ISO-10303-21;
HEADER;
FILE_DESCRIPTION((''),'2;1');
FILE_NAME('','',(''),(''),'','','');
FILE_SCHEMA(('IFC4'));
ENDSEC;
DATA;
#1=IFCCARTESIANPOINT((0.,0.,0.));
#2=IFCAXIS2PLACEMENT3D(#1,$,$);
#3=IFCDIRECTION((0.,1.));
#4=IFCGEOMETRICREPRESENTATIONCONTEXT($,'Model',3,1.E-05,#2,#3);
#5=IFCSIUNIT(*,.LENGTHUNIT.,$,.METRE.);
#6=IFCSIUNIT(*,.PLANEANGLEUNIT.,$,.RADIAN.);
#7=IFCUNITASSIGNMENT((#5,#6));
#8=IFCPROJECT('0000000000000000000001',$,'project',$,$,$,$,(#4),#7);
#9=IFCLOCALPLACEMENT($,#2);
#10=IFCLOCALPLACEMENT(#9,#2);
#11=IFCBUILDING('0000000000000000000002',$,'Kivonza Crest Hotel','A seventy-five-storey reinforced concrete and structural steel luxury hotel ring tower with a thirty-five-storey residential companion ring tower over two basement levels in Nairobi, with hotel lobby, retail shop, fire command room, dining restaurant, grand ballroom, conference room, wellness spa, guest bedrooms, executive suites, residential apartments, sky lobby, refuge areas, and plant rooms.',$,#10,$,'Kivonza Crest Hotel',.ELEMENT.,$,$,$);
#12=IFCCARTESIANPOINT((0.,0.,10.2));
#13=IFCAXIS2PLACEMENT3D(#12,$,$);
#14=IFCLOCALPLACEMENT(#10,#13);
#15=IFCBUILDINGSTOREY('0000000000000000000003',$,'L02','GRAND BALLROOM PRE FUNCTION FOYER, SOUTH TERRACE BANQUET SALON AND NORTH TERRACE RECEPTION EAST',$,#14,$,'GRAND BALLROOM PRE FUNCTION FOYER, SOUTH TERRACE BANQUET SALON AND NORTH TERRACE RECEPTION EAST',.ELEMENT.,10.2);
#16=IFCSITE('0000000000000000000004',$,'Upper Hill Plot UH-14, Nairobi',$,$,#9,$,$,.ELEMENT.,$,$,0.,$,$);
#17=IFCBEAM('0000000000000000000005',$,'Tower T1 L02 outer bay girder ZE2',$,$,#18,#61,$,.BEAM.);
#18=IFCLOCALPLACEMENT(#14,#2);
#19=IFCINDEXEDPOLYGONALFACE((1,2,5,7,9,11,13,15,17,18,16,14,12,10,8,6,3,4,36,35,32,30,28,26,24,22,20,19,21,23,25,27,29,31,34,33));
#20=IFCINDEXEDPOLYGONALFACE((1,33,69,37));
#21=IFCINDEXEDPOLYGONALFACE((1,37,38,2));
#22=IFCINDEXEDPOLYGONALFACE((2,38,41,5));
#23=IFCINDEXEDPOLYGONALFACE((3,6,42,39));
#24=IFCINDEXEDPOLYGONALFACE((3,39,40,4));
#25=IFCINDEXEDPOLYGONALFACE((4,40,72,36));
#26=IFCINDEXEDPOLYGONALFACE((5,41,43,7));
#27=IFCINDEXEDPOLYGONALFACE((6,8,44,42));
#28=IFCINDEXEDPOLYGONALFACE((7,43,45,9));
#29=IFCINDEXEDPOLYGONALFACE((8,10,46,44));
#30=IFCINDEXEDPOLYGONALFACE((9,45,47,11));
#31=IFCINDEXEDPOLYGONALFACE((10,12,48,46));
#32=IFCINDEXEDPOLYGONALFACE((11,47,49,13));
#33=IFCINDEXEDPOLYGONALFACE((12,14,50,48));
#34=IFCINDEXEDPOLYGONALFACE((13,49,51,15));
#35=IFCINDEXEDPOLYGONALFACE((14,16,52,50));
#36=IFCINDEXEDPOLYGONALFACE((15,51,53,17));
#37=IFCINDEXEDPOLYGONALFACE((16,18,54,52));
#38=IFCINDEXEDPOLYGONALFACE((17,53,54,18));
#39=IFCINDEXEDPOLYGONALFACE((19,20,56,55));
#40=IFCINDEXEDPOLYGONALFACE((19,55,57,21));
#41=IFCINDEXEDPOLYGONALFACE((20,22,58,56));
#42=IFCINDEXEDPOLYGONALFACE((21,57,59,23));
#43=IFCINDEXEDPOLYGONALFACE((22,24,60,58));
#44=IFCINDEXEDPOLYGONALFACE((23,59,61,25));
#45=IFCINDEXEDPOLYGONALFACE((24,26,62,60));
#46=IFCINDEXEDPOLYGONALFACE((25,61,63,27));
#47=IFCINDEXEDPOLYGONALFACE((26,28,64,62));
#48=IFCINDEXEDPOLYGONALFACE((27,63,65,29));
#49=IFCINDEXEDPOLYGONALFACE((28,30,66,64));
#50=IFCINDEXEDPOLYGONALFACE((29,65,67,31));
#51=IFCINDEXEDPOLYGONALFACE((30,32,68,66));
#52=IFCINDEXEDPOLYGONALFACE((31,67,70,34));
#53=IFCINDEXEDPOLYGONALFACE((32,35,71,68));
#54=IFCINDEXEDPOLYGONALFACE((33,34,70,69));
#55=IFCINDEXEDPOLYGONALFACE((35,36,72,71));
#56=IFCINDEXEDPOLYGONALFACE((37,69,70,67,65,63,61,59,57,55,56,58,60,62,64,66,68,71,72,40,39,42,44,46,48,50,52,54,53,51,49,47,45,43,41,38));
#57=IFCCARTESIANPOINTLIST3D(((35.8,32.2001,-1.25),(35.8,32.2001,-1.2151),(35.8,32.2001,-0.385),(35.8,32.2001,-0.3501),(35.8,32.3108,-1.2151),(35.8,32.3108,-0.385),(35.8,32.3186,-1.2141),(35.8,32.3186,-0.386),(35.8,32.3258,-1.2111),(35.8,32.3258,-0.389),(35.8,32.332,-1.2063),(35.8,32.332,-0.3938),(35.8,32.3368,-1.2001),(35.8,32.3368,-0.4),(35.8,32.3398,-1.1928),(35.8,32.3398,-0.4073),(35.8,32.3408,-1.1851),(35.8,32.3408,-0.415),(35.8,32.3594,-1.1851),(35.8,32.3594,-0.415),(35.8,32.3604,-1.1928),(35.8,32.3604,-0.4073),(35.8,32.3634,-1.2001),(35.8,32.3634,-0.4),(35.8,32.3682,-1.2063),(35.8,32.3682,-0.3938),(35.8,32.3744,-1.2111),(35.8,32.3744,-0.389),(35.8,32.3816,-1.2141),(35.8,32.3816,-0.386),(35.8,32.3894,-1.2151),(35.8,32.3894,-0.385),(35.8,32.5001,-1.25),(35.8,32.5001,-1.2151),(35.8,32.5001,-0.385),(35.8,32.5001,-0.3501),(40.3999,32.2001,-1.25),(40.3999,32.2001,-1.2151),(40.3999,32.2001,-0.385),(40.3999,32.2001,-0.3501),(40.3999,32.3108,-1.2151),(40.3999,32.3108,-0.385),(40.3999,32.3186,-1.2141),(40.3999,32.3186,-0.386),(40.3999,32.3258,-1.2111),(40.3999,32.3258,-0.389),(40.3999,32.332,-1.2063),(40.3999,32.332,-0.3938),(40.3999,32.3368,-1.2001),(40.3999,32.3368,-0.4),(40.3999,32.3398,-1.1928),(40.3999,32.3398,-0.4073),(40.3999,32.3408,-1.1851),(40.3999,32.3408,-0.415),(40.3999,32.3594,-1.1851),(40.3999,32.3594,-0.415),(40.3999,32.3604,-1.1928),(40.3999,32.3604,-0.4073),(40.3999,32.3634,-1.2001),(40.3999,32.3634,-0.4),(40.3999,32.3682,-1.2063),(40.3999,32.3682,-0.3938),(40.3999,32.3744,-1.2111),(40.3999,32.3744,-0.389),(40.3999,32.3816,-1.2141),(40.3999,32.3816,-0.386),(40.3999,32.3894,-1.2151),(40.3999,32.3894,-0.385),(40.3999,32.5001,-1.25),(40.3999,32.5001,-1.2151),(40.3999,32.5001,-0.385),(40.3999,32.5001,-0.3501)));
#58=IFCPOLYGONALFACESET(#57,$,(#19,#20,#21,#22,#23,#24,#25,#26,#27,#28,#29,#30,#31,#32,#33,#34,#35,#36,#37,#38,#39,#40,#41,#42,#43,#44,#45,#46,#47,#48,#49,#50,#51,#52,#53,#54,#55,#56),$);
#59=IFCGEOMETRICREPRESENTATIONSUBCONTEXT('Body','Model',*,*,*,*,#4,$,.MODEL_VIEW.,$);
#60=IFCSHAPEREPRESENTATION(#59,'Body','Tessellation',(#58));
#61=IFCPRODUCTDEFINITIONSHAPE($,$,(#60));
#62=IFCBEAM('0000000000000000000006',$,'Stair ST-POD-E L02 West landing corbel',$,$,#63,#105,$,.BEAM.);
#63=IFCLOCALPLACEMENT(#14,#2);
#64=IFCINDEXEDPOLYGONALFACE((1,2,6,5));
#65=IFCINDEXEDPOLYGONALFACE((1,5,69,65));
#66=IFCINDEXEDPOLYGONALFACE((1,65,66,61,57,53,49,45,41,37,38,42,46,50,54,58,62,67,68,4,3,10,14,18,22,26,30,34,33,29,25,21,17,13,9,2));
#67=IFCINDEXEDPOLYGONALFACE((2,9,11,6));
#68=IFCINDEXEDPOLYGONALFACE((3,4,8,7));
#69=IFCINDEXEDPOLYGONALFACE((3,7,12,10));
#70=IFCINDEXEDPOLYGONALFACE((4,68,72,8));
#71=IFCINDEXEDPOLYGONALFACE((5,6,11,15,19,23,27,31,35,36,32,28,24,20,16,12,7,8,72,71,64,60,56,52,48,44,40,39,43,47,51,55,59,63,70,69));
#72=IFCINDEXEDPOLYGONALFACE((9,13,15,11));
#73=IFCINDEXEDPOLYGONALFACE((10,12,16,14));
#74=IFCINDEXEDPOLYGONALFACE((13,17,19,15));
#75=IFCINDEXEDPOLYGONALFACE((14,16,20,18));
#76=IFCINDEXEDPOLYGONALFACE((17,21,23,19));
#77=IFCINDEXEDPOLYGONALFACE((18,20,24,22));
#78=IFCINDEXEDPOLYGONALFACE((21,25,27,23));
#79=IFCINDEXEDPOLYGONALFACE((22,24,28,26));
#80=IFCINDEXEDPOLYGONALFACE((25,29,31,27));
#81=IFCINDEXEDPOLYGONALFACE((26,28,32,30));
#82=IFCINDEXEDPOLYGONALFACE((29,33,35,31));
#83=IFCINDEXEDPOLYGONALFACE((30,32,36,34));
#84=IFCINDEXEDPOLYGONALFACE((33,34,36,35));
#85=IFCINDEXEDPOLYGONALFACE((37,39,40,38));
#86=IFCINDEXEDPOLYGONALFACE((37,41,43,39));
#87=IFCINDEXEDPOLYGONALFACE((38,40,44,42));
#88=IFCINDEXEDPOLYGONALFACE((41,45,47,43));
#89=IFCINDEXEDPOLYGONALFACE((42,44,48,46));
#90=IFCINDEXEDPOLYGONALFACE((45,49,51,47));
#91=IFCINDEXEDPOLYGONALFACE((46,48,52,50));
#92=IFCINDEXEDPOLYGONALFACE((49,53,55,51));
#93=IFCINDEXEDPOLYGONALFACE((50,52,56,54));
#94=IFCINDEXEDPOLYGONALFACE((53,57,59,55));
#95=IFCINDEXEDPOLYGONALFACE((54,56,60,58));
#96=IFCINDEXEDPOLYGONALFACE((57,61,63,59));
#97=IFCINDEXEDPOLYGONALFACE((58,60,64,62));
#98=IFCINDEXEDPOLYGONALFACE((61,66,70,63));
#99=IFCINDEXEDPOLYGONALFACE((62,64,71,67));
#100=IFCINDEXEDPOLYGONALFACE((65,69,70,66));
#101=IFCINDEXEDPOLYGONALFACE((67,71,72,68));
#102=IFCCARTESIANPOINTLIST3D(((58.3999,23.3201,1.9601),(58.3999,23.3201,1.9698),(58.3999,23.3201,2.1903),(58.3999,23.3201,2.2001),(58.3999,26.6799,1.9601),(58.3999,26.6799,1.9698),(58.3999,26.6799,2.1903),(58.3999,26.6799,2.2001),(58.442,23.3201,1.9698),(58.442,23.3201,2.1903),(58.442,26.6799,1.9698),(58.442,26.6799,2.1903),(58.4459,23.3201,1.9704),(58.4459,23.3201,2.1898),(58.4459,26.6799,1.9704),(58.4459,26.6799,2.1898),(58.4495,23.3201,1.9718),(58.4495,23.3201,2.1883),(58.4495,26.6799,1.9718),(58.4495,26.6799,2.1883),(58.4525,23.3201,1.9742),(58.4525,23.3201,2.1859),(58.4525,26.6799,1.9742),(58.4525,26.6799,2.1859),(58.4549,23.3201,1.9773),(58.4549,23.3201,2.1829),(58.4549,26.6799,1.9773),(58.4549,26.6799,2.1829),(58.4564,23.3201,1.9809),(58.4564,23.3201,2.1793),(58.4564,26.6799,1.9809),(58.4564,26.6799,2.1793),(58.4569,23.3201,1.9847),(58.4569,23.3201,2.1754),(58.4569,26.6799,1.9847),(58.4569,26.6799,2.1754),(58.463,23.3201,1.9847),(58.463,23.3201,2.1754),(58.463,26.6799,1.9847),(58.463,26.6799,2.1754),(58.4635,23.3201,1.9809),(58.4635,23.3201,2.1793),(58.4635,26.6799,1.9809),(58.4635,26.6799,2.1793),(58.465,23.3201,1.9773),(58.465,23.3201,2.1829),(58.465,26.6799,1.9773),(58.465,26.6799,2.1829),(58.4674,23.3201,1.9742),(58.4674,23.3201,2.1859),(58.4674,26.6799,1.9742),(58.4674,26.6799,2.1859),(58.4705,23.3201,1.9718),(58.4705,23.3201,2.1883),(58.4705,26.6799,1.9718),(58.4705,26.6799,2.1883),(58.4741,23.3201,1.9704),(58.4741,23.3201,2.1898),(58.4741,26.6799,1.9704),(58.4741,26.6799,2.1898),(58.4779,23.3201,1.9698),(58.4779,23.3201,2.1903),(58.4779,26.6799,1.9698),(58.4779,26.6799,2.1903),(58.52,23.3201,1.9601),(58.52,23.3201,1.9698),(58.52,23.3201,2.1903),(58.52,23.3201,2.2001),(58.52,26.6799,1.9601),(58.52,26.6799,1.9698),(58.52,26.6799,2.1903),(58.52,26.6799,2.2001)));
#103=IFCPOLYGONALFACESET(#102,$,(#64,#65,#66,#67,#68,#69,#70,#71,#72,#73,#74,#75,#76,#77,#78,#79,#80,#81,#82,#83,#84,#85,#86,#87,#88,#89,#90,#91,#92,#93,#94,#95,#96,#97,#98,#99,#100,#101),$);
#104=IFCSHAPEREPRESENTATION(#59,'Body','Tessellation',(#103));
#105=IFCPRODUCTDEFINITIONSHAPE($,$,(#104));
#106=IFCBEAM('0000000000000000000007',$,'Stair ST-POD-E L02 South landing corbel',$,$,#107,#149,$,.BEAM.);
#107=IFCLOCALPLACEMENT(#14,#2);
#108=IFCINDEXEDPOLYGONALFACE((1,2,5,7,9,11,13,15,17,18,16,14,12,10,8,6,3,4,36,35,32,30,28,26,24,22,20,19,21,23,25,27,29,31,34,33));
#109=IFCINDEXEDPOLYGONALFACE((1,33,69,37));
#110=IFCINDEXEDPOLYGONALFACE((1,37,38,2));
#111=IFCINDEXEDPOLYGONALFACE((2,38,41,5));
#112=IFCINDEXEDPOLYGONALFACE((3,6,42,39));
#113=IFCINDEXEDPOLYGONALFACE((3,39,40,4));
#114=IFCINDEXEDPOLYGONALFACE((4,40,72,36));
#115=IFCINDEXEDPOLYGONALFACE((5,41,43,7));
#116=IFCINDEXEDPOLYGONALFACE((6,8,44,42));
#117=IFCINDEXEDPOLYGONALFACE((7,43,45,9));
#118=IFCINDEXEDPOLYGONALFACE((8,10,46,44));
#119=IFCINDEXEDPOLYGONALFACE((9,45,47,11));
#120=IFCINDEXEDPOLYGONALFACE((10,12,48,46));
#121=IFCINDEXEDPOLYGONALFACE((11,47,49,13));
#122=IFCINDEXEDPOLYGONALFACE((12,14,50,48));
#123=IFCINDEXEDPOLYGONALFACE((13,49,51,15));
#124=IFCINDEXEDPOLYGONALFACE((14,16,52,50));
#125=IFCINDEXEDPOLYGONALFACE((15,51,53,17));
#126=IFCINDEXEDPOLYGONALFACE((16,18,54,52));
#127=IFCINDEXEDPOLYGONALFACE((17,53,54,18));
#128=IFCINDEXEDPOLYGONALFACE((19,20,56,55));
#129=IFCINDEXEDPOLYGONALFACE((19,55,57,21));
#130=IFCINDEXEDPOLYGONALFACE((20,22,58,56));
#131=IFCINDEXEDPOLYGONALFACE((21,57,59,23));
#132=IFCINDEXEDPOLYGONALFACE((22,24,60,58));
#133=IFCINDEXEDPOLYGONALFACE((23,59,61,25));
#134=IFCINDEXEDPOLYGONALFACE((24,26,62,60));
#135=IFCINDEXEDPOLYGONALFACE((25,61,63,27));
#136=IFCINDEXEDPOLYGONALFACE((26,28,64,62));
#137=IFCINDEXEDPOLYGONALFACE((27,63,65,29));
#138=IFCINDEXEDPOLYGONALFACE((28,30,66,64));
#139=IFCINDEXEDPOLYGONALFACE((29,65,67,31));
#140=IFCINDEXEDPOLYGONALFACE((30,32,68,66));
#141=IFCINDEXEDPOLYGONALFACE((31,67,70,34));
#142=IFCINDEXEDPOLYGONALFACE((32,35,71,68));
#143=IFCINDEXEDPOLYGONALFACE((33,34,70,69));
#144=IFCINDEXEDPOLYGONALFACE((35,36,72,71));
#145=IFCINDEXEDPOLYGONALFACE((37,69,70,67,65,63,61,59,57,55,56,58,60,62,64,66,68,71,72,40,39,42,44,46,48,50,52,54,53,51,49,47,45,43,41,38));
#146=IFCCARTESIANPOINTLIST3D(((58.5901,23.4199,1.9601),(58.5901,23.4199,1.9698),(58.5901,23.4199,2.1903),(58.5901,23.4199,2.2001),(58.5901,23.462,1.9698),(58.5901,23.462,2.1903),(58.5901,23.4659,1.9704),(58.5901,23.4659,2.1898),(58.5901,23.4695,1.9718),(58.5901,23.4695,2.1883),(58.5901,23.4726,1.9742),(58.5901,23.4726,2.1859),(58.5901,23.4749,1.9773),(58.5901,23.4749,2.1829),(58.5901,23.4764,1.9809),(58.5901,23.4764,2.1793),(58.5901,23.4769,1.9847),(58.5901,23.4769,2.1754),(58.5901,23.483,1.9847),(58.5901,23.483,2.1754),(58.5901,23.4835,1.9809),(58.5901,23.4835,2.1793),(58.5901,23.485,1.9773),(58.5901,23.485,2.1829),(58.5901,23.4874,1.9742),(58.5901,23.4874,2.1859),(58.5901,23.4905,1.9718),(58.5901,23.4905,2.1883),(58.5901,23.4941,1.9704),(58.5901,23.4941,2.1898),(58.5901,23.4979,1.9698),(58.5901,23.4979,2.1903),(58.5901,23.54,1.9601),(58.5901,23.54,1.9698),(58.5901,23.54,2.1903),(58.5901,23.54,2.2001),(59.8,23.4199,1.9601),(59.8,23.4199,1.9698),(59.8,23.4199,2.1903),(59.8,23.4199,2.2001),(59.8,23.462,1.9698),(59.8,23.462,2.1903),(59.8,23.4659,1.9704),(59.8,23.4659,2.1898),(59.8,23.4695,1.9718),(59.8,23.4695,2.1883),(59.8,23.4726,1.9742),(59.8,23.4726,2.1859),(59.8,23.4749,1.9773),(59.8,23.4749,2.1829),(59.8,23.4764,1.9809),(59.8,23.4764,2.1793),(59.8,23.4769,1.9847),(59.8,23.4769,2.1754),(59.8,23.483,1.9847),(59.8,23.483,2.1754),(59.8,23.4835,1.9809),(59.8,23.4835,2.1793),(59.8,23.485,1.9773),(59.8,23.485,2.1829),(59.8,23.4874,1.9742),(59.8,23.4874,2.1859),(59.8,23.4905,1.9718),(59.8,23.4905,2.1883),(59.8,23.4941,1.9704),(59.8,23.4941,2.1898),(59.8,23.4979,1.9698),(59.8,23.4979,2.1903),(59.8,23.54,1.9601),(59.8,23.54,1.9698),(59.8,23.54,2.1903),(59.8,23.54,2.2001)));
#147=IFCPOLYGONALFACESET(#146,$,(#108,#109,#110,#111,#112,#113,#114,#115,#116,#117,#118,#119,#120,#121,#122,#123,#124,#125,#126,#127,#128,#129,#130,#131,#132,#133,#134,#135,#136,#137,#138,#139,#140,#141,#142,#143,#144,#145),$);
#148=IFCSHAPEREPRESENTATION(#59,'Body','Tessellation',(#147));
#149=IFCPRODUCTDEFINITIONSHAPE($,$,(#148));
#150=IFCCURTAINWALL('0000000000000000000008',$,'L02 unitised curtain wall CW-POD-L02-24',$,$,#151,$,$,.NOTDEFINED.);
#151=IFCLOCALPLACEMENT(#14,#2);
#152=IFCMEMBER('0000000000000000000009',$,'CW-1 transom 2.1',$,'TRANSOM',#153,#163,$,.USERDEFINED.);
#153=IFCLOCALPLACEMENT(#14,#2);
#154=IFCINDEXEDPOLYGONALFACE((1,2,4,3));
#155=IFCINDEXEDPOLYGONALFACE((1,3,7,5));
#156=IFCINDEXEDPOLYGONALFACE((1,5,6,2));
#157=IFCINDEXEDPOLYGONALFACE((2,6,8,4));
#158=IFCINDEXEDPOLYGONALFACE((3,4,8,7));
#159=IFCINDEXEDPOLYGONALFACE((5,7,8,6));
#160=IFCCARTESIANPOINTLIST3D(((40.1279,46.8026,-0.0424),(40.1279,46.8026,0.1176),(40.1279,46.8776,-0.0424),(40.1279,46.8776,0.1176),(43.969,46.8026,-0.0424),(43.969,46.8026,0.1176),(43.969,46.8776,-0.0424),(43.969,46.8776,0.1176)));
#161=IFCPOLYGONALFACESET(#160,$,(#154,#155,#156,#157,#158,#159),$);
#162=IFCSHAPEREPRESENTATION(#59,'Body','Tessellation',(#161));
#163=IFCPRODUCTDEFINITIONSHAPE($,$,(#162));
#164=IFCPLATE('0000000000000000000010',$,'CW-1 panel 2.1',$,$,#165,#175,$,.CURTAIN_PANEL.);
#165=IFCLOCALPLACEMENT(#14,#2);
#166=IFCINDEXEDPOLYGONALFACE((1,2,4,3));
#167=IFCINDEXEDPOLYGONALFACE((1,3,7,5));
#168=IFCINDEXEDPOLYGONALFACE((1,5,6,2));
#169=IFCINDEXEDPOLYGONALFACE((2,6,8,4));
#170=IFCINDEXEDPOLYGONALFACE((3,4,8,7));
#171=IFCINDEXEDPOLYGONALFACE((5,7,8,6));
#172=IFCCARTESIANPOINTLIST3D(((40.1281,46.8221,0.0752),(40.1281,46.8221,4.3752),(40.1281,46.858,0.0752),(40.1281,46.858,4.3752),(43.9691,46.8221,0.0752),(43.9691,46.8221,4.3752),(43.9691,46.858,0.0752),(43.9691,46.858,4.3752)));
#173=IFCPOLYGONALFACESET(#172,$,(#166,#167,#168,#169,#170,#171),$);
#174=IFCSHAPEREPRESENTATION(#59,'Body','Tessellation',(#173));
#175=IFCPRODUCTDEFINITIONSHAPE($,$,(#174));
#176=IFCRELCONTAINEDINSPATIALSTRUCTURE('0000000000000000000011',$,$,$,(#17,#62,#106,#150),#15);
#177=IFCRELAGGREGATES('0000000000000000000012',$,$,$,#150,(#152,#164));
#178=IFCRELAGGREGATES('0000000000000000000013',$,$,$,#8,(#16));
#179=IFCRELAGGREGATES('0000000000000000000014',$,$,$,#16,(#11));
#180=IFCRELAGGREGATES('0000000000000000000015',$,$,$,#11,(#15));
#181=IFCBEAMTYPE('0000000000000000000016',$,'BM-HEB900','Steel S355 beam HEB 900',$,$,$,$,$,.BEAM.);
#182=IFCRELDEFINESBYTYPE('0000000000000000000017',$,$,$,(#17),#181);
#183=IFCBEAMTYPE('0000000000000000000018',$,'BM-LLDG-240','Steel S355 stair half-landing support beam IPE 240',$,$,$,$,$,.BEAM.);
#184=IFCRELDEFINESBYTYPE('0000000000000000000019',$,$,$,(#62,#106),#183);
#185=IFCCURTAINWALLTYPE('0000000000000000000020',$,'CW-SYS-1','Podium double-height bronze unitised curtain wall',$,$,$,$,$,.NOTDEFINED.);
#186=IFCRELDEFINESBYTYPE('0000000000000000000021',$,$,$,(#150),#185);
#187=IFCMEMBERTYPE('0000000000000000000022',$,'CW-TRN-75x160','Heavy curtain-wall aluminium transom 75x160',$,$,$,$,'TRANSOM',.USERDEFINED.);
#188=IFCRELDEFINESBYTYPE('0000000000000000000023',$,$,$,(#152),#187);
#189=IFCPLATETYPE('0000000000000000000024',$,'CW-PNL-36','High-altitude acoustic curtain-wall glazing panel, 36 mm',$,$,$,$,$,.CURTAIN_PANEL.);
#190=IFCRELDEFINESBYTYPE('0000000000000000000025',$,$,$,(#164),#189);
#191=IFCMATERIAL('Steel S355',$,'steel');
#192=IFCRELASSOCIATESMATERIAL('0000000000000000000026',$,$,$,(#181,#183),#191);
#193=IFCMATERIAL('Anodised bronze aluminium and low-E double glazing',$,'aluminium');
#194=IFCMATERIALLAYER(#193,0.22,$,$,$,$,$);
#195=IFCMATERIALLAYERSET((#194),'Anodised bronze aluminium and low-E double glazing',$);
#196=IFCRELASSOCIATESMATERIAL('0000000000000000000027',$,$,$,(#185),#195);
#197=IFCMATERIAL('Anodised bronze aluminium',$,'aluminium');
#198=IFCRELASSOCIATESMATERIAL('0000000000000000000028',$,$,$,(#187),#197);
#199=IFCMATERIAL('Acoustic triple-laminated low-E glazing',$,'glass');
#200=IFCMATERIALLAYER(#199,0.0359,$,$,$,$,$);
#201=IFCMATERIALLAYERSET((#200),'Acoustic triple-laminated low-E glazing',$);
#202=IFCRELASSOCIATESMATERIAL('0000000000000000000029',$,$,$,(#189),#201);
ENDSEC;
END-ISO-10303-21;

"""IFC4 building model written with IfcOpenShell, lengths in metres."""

from ifc_helpers import new_model, si_unit, direction, frame, origin, origin_2d, place, context, subcontext, project, spatial, rectangle, i_section, extrude, material, layer, layer_set, material_profile, profile_set, type_object, element, aggregate, save


model = new_model("IFC4")

# Units and contexts
model_context = context("Model", 3, precision=1e-05, world=origin(), true_north=direction((0.0, 1.0)))
body_context = subcontext(model_context, "Body", "Model", "MODEL_VIEW")
ifc_project = project(units=[si_unit("LENGTHUNIT", "METRE"), si_unit("PLANEANGLEUNIT", "RADIAN")], contexts=[model_context])

# Site, building, storey
site_placement = place(None, origin())
site = spatial("IfcSite", under=ifc_project, at=site_placement, Name="Upper Hill Plot UH-14, Nairobi", CompositionType="ELEMENT", RefElevation=0.0)
building_placement = place(site_placement, origin())
building = spatial("IfcBuilding", under=site, at=building_placement, Name="Kivonza Crest Hotel", Description="A seventy-five-storey reinforced concrete and structural steel luxury hotel ring tower with a thirty-five-storey residential companion ring tower over two basement levels in Nairobi, with hotel lobby, retail shop, fire command room, dining restaurant, grand ballroom, conference room, wellness spa, guest bedrooms, executive suites, residential apartments, sky lobby, refuge areas, and plant rooms.", LongName="Kivonza Crest Hotel", CompositionType="ELEMENT")
storey_placement = place(building_placement, frame((0.0, 0.0, 10.2)))
storey = spatial("IfcBuildingStorey", under=building, at=storey_placement, Name="L02", Description="GRAND BALLROOM PRE FUNCTION FOYER, SOUTH TERRACE BANQUET SALON AND NORTH TERRACE RECEPTION EAST", LongName="GRAND BALLROOM PRE FUNCTION FOYER, SOUTH TERRACE BANQUET SALON AND NORTH TERRACE RECEPTION EAST", CompositionType="ELEMENT", Elevation=10.2)

# Beams
ifc_material_1 = material(Name="Steel S355", Category="steel")
ifc_material_profile_1 = material_profile(ifc_material_1, i_section(OverallWidth=0.3, OverallDepth=0.8999, WebThickness=0.0186, FlangeThickness=0.0349, FilletRadius=0.03, at=origin_2d()), Name="HEB 900")
ifc_profile_set_1 = profile_set([ifc_material_profile_1], Name="Steel S355")
beam_type_1 = type_object("IfcBeamType", Name="BM-HEB900", Description="Steel S355 beam HEB 900", PredefinedType="BEAM", material=ifc_profile_set_1)
beam_1_placement = place(storey_placement, frame((40.3999, 32.3501, -0.8), z_axis=(-1.0, 0.0, 0.0), x_axis=(0.0, -1.0, 0.0)))
element("IfcBeam", 1, at=beam_1_placement, inside=storey, type_object=beam_type_1, Name="Tower T1 L02 outer bay girder ZE2", PredefinedType="BEAM", context=body_context, shape_type="SweptSolid", body=[
    extrude(i_section(OverallWidth=0.3, OverallDepth=0.8999, WebThickness=0.0186, FlangeThickness=0.0349, FilletRadius=0.03, at=origin_2d()), origin(), (0.0, 0.0, 1.0), 4.5999),
])
ifc_material_profile_2 = material_profile(ifc_material_1, i_section(OverallWidth=0.1201, OverallDepth=0.24, WebThickness=0.0061, FlangeThickness=0.0098, FilletRadius=0.0149, at=origin_2d()), Name="IPE 240")
ifc_profile_set_2 = profile_set([ifc_material_profile_2], Name="Steel S355")
beam_type_2 = type_object("IfcBeamType", Name="BM-LLDG-240", Description="Steel S355 stair half-landing support beam IPE 240", PredefinedType="BEAM", material=ifc_profile_set_2)
beam_2_placement = place(storey_placement, frame((58.46, 23.3201, 2.0801), z_axis=(0.0, 1.0, 0.0), x_axis=(-1.0, 0.0, 0.0)))
element("IfcBeam", 2, at=beam_2_placement, inside=storey, type_object=beam_type_2, Name="Stair ST-POD-E L02 West landing corbel", PredefinedType="BEAM", context=body_context, shape_type="SweptSolid", body=[
    extrude(i_section(OverallWidth=0.1201, OverallDepth=0.24, WebThickness=0.0061, FlangeThickness=0.0098, FilletRadius=0.0149, at=origin_2d()), origin(), (0.0, 0.0, 1.0), 3.3599),
])
beam_3_placement = place(storey_placement, frame((58.5901, 23.48, 2.0801), z_axis=(1.0, 0.0, 0.0), x_axis=(0.0, 1.0, 0.0)))
element("IfcBeam", 3, at=beam_3_placement, inside=storey, type_object=beam_type_2, Name="Stair ST-POD-E L02 South landing corbel", PredefinedType="BEAM", context=body_context, shape_type="SweptSolid", body=[
    extrude(i_section(OverallWidth=0.1201, OverallDepth=0.24, WebThickness=0.0061, FlangeThickness=0.0098, FilletRadius=0.0149, at=origin_2d()), origin(), (0.0, 0.0, 1.0), 1.21),
])

# Curtain wall, member, plate
ifc_material_2 = material(Name="Anodised bronze aluminium and low-E double glazing", Category="aluminium")
ifc_layer_1 = layer(ifc_material_2, 0.22)
ifc_layer_set_1 = layer_set([ifc_layer_1], Name="Anodised bronze aluminium and low-E double glazing")
curtain_wall_type = type_object("IfcCurtainWallType", Name="CW-SYS-1", Description="Podium double-height bronze unitised curtain wall", PredefinedType="NOTDEFINED", material=ifc_layer_set_1)
curtain_wall_placement = place(storey_placement, origin())
curtain_wall = element("IfcCurtainWall", 4, at=curtain_wall_placement, inside=storey, type_object=curtain_wall_type, Name="L02 unitised curtain wall CW-POD-L02-24", PredefinedType="NOTDEFINED")
ifc_material_3 = material(Name="Anodised bronze aluminium", Category="aluminium")
ifc_material_profile_3 = material_profile(ifc_material_3, rectangle(XDim=0.075, YDim=0.1599, at=origin_2d()), Name="CW-T 75x160")
ifc_profile_set_3 = profile_set([ifc_material_profile_3], Name="Anodised bronze aluminium")
member_type = type_object("IfcMemberType", Name="CW-TRN-75x160", Description="Heavy curtain-wall aluminium transom 75x160", ElementType="TRANSOM", PredefinedType="USERDEFINED", material=ifc_profile_set_3)
member_placement = place(storey_placement, frame((43.969, 46.8401, 0.0376), z_axis=(-1.0, 0.0, 0.0), x_axis=(0.0, -1.0, 0.0)))
member = element("IfcMember", 5, at=member_placement, type_object=member_type, Name="CW-1 transom 2.1", ObjectType="TRANSOM", PredefinedType="USERDEFINED", context=body_context, shape_type="SweptSolid", body=[
    extrude(rectangle(XDim=0.075, YDim=0.1599, at=origin_2d()), origin(), (0.0, 0.0, 1.0), 3.8411),
])
ifc_material_4 = material(Name="Acoustic triple-laminated low-E glazing", Category="glass")
ifc_layer_2 = layer(ifc_material_4, 0.0359)
ifc_layer_set_2 = layer_set([ifc_layer_2], Name="Acoustic triple-laminated low-E glazing")
plate_type = type_object("IfcPlateType", Name="CW-PNL-36", Description="High-altitude acoustic curtain-wall glazing panel, 36 mm", PredefinedType="CURTAIN_PANEL", material=ifc_layer_set_2)
plate_placement = place(storey_placement, frame((42.0486, 46.8401, 0.0752), z_axis=(0.0, 0.0, 1.0), x_axis=(-1.0, 0.0, 0.0)))
plate = element("IfcPlate", 6, at=plate_placement, type_object=plate_type, Name="CW-1 panel 2.1", PredefinedType="CURTAIN_PANEL", context=body_context, shape_type="SweptSolid", body=[
    extrude(rectangle(XDim=3.8411, YDim=0.0359, at=origin_2d()), origin(), (0.0, 0.0, 1.0), 4.3),
])
aggregate(curtain_wall, [member, plate])

save(model, "model.ifc")
